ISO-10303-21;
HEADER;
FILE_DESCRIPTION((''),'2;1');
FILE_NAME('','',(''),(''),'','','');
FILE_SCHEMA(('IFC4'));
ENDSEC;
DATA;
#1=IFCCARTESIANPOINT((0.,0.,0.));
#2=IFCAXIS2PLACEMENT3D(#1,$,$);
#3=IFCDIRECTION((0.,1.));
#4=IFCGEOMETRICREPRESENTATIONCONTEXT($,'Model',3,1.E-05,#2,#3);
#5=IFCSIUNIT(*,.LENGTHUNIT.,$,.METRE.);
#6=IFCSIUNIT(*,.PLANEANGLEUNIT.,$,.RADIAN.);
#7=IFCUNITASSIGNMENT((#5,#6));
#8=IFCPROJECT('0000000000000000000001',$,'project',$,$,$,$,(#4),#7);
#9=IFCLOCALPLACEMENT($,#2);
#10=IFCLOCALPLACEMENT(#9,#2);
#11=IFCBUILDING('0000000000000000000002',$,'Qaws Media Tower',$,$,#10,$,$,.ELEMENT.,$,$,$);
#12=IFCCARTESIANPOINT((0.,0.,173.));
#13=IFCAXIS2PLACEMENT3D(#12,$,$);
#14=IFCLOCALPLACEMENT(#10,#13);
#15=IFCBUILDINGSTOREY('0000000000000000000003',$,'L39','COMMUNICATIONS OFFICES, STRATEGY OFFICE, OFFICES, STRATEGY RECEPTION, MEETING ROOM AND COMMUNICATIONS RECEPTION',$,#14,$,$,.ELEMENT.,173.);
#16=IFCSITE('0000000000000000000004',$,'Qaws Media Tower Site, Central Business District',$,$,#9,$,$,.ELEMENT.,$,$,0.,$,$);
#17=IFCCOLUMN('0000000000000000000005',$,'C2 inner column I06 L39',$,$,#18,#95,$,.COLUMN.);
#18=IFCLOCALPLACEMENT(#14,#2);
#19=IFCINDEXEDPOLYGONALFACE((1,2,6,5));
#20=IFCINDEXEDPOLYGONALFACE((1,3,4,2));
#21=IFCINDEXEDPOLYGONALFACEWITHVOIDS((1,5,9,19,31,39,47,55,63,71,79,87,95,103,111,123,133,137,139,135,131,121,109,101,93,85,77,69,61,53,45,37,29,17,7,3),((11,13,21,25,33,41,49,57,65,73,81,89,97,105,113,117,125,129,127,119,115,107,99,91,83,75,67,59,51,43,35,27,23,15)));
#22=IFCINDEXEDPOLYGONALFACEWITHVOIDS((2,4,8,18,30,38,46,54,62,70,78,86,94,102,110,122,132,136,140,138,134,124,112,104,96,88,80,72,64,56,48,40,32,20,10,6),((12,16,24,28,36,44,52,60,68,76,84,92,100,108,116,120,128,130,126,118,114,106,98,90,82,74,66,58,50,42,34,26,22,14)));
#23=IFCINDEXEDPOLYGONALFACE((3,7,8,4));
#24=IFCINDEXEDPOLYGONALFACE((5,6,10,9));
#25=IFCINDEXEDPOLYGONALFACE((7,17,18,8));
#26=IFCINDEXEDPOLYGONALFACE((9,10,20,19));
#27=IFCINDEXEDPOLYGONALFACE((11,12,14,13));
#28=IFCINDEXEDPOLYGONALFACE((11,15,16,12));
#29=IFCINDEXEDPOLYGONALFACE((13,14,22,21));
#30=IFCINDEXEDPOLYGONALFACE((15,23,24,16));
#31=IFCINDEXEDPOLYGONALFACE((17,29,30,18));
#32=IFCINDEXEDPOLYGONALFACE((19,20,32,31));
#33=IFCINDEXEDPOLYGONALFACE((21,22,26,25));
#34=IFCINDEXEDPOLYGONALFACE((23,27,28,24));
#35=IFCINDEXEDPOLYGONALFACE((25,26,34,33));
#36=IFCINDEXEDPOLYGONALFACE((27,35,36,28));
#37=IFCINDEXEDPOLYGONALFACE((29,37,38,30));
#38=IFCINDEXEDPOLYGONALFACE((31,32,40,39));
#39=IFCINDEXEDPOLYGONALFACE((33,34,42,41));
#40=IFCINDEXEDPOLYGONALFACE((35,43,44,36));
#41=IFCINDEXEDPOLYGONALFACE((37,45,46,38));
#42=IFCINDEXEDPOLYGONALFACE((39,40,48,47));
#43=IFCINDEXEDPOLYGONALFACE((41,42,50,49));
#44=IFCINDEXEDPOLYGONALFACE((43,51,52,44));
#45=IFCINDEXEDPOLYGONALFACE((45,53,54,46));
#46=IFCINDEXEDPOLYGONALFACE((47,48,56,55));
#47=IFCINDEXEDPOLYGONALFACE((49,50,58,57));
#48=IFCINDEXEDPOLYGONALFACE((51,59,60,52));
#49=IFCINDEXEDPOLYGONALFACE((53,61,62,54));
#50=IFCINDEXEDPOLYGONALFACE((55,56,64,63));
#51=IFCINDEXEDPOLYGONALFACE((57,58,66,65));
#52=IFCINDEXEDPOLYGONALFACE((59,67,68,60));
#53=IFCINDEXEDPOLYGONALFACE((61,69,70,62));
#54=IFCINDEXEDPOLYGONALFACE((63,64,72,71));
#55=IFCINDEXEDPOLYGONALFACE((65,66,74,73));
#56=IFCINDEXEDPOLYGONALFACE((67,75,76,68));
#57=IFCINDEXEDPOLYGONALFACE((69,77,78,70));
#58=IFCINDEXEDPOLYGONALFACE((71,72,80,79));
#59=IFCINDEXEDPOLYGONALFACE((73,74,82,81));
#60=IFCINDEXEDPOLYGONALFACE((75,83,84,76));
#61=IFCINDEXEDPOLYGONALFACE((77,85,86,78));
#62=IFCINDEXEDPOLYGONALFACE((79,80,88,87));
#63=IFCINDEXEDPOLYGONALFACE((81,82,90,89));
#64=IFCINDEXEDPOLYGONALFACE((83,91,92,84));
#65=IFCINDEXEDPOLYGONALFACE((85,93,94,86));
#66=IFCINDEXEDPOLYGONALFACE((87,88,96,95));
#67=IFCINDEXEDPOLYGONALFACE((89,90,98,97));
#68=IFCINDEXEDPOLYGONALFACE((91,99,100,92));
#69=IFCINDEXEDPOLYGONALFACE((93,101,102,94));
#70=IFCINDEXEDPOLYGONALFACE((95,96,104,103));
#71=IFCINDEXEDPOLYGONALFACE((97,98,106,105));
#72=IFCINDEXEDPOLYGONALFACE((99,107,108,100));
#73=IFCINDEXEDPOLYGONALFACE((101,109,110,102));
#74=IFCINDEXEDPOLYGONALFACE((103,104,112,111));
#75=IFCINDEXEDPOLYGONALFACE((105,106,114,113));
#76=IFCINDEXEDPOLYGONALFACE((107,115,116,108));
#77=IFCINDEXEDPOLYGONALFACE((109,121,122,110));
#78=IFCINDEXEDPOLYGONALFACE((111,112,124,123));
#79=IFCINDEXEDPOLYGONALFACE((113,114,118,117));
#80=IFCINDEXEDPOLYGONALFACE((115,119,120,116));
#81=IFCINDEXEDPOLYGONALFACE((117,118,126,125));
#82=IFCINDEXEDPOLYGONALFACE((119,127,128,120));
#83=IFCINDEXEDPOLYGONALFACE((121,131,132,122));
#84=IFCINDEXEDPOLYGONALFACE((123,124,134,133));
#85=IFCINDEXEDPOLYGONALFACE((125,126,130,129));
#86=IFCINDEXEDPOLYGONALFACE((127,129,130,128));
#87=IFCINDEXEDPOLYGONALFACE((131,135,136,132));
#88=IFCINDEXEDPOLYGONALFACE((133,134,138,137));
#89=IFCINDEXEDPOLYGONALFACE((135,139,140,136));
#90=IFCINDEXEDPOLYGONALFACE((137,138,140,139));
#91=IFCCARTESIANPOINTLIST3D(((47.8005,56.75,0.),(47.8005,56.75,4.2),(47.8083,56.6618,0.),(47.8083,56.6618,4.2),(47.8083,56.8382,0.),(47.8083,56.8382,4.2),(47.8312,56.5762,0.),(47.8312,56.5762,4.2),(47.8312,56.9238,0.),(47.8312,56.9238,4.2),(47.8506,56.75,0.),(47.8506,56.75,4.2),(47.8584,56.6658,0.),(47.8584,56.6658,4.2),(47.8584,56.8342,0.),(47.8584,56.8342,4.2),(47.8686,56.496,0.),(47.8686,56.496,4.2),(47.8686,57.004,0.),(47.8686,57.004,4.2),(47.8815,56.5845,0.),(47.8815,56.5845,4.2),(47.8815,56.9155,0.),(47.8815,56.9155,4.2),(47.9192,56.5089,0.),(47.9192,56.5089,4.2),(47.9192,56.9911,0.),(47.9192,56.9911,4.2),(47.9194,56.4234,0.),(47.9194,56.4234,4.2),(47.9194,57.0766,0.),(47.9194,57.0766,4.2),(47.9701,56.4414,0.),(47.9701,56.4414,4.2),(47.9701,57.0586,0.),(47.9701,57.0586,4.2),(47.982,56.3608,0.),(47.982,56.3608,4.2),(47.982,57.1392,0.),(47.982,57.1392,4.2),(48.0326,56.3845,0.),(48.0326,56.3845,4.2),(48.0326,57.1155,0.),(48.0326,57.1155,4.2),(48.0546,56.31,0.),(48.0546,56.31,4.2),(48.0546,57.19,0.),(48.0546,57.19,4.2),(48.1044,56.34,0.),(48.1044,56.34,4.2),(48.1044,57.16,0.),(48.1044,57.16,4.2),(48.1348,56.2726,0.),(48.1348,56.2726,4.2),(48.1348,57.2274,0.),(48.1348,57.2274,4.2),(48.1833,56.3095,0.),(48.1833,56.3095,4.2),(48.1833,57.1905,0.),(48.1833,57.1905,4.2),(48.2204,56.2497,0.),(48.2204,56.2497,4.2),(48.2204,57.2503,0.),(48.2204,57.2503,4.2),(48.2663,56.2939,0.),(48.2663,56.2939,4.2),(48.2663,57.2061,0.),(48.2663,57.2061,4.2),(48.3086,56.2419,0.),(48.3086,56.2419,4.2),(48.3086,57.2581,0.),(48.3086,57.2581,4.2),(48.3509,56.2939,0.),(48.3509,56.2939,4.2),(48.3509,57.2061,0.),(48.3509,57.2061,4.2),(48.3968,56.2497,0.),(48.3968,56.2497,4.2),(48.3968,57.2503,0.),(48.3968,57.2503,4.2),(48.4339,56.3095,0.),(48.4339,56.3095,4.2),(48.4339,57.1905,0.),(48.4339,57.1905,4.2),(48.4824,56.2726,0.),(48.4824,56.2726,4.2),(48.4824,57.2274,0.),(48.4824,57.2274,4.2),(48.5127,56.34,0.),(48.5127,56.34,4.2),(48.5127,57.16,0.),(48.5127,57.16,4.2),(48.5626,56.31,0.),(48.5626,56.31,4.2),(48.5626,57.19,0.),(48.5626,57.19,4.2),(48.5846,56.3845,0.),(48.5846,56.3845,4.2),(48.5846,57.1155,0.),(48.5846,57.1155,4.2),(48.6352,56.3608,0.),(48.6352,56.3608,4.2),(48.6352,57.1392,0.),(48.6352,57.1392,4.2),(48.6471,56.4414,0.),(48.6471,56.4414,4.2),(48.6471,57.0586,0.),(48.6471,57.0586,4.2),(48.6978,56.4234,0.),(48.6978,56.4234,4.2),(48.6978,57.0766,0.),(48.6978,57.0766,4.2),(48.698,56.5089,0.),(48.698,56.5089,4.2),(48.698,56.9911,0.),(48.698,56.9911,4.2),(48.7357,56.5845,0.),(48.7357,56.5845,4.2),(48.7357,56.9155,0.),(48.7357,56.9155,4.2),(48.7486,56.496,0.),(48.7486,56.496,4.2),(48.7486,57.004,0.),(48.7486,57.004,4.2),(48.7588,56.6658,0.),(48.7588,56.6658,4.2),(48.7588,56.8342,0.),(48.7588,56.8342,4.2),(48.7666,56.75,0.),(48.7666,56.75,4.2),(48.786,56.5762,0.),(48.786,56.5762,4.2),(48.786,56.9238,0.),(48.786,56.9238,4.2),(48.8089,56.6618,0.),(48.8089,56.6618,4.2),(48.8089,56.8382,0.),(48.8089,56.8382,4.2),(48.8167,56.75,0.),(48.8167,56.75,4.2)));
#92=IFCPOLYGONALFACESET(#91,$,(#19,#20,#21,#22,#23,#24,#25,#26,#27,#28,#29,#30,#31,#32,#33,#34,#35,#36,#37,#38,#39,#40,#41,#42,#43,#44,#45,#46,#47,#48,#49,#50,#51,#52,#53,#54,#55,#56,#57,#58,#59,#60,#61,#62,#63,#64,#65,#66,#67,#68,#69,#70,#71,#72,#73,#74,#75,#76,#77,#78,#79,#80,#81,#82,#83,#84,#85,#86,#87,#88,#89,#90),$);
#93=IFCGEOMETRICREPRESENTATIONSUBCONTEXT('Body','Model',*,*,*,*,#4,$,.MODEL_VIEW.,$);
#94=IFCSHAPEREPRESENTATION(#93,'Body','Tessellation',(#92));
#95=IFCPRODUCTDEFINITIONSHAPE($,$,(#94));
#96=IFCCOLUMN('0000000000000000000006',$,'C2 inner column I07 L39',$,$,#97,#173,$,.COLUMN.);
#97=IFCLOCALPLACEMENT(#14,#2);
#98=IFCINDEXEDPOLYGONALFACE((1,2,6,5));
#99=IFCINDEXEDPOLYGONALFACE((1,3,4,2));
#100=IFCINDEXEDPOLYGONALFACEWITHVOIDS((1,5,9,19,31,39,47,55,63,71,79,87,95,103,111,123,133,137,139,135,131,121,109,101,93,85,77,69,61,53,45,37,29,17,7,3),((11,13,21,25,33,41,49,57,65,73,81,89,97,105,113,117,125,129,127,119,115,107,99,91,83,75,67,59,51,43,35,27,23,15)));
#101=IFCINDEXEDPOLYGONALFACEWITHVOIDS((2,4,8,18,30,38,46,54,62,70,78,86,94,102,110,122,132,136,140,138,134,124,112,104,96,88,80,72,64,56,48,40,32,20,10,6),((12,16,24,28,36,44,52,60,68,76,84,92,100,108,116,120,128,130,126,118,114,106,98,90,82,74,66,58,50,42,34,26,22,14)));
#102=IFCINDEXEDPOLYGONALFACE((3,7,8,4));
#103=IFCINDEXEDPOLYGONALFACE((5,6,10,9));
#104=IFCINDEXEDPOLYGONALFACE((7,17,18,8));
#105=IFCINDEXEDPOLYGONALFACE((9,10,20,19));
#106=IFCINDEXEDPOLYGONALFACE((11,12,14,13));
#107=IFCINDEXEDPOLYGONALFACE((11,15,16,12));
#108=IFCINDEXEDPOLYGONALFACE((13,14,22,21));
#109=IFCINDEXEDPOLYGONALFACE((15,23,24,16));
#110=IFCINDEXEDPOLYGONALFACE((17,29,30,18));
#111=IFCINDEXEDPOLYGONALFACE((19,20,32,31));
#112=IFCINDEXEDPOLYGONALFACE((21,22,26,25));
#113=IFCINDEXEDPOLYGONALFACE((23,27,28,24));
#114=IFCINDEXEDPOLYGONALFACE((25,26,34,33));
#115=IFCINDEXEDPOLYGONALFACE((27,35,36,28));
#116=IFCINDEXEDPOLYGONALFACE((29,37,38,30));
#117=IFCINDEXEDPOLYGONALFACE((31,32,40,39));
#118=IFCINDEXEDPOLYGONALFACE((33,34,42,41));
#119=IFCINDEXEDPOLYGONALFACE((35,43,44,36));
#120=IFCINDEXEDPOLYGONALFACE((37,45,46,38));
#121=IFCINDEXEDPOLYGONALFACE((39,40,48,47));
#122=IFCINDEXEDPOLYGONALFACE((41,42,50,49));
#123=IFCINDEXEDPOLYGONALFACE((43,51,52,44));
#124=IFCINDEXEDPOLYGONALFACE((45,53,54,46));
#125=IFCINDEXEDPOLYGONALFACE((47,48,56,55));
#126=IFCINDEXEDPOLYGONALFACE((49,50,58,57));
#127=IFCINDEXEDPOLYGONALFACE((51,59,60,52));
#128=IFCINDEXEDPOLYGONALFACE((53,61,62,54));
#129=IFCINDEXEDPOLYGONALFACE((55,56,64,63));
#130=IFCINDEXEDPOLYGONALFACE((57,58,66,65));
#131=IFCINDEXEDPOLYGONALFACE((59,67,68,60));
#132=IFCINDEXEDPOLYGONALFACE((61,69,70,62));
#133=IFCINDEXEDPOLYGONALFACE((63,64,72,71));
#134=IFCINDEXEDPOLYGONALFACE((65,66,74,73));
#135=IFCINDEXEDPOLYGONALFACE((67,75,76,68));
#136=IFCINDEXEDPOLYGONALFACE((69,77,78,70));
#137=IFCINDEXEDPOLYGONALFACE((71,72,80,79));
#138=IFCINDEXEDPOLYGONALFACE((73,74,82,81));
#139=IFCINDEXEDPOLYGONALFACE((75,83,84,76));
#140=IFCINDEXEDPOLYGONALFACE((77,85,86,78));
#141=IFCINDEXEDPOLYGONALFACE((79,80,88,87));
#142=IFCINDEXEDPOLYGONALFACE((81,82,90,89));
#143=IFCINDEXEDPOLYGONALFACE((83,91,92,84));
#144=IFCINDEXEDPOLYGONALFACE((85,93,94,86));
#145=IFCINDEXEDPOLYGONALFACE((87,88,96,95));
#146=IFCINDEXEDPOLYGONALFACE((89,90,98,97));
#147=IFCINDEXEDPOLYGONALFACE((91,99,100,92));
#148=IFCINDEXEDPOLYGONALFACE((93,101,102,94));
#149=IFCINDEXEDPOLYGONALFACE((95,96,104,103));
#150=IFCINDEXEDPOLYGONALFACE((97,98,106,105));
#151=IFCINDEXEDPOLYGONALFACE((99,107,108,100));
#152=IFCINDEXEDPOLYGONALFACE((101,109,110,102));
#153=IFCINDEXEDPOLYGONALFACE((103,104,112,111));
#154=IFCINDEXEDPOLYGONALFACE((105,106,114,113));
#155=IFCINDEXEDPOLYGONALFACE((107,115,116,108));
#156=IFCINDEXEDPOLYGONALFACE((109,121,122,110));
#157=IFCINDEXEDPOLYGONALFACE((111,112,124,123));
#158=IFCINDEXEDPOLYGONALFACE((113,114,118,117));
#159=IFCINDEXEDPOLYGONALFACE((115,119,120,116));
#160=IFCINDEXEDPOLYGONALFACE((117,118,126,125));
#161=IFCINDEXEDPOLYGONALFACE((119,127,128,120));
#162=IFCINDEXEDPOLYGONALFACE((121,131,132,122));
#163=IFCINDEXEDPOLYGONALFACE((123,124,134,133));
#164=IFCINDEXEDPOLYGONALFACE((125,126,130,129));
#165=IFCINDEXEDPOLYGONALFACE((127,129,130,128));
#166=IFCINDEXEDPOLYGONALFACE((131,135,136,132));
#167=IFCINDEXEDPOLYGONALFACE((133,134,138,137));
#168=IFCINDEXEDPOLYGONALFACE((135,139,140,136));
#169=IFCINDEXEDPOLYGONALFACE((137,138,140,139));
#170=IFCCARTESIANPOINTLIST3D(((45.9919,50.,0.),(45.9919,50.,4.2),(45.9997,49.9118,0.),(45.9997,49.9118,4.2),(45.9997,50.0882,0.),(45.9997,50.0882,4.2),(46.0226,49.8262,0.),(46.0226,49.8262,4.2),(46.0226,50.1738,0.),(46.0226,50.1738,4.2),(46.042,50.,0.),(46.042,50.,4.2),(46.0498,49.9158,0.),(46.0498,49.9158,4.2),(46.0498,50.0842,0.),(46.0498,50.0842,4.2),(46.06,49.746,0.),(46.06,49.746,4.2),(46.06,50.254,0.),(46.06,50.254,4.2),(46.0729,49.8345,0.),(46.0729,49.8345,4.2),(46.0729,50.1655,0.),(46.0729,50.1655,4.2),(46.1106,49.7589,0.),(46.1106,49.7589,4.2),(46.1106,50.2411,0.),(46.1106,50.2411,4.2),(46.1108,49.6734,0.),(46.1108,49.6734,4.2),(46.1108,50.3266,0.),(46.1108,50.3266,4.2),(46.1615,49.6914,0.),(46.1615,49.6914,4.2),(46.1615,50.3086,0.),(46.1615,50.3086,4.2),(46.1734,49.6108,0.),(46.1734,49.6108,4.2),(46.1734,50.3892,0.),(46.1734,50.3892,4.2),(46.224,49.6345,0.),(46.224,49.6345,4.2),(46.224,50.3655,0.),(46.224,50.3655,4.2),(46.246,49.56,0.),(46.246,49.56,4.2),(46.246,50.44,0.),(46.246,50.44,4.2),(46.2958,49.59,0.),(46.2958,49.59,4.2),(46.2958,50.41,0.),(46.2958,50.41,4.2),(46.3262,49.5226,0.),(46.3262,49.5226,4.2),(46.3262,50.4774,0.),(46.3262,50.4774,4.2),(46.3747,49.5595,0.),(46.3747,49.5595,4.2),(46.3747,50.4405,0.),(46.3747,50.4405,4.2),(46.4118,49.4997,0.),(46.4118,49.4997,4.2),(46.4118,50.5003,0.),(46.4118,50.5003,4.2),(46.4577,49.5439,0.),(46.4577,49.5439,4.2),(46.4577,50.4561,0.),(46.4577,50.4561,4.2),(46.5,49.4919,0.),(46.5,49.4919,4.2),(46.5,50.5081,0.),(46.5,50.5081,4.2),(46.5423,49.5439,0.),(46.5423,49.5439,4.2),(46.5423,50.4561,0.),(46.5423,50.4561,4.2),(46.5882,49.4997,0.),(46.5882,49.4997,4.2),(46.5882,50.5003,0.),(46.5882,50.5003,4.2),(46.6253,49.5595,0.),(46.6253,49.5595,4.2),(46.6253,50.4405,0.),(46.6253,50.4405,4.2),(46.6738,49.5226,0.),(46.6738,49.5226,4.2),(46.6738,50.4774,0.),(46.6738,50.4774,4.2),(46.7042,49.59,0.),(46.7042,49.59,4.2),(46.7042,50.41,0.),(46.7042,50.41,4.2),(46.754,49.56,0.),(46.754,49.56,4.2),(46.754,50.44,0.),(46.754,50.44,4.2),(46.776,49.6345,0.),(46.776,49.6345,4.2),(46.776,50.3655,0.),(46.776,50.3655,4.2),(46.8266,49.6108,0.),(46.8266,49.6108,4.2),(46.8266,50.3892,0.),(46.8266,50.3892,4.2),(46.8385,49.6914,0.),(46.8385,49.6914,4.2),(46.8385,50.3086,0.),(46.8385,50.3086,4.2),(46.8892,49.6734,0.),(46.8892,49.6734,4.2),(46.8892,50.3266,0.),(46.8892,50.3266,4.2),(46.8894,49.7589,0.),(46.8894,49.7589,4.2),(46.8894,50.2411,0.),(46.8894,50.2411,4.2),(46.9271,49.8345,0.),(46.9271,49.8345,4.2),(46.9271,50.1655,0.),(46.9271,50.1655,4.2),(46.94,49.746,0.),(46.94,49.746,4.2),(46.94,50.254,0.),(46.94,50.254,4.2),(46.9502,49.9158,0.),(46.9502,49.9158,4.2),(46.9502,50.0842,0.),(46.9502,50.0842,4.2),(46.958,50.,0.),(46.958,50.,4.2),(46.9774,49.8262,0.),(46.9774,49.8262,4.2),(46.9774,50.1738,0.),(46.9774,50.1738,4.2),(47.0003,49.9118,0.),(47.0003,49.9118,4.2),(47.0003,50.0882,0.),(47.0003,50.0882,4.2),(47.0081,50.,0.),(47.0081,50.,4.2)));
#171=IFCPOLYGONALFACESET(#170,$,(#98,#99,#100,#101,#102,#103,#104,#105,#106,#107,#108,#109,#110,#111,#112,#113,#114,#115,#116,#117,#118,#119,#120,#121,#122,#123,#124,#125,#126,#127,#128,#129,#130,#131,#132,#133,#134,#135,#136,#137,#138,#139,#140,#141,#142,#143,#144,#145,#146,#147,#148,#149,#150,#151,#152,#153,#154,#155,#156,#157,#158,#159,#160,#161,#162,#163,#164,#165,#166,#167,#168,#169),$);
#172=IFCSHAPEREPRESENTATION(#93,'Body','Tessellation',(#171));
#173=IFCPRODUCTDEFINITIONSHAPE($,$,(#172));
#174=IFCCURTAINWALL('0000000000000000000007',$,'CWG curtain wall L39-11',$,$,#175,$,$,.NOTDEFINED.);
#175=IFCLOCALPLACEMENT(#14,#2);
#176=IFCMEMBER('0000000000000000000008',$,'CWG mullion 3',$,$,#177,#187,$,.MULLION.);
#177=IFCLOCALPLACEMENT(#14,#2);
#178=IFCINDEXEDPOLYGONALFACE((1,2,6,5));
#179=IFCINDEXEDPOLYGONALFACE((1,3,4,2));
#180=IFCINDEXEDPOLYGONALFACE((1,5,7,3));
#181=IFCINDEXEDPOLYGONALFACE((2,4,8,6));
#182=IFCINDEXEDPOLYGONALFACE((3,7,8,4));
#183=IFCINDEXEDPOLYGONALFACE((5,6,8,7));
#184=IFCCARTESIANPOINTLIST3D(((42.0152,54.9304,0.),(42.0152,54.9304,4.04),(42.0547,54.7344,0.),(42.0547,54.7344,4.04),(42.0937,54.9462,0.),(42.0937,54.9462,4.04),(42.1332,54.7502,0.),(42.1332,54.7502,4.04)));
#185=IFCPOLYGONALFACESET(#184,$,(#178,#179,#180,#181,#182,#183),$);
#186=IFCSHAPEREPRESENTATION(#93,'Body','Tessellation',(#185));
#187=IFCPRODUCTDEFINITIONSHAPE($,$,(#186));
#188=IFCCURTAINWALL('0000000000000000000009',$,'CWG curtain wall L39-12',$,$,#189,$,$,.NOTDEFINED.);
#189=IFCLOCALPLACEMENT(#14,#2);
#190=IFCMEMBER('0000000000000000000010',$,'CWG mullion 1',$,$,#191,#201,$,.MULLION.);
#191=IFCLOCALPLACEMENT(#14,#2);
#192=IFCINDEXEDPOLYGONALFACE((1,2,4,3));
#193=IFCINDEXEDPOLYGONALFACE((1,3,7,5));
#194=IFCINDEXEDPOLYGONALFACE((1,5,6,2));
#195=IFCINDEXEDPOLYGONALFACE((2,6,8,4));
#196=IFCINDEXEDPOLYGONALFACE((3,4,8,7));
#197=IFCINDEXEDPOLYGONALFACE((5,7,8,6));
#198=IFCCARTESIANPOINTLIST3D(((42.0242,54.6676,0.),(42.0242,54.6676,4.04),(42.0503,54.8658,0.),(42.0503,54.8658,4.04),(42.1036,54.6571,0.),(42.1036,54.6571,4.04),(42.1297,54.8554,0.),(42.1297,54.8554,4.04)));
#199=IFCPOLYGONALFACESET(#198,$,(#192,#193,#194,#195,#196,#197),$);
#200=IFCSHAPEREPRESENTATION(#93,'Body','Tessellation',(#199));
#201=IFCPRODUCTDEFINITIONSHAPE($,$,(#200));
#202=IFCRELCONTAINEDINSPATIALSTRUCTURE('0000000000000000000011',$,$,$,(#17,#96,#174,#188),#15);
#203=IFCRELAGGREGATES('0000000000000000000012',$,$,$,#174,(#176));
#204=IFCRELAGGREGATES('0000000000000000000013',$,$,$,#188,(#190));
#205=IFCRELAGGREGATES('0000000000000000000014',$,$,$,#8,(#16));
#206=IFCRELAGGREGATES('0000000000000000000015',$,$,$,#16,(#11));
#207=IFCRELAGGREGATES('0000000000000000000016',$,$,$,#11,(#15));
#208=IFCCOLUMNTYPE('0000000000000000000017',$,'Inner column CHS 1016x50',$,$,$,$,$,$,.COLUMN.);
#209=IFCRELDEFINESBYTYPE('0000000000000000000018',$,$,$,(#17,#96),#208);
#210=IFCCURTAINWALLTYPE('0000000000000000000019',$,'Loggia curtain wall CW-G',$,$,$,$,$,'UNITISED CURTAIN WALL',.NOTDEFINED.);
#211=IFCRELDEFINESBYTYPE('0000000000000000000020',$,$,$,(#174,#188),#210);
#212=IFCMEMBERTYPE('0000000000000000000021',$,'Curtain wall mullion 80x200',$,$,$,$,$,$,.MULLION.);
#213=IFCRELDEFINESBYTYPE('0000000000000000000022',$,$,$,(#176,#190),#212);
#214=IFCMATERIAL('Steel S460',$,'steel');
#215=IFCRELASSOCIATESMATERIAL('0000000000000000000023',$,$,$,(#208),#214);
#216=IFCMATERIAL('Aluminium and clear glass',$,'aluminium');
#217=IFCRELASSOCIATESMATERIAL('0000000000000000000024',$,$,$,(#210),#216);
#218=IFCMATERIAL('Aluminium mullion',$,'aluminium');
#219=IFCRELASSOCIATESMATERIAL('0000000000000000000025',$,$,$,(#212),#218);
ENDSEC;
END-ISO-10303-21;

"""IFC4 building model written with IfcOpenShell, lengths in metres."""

from ifc_helpers import new_model, si_unit, direction, frame, origin, origin_2d, place, context, subcontext, project, spatial, rectangle, hollow_circle, extrude, material, material_profile, profile_set, type_object, element, aggregate, save


model = new_model("IFC4")

# Units and contexts
model_context = context("Model", 3, precision=1e-05, world=origin(), true_north=direction((0.0, 1.0)))
body_context = subcontext(model_context, "Body", "Model", "MODEL_VIEW")
ifc_project = project(units=[si_unit("LENGTHUNIT", "METRE"), si_unit("PLANEANGLEUNIT", "RADIAN")], contexts=[model_context])

# Site, building, storey
site_placement = place(None, origin())
site = spatial("IfcSite", under=ifc_project, at=site_placement, Name="Qaws Media Tower Site, Central Business District", CompositionType="ELEMENT", RefElevation=0.0)
building_placement = place(site_placement, origin())
building = spatial("IfcBuilding", under=site, at=building_placement, Name="Qaws Media Tower", CompositionType="ELEMENT")
storey_placement = place(building_placement, frame((0.0, 0.0, 173.0)))
storey = spatial("IfcBuildingStorey", under=building, at=storey_placement, Name="L39", Description="COMMUNICATIONS OFFICES, STRATEGY OFFICE, OFFICES, STRATEGY RECEPTION, MEETING ROOM AND COMMUNICATIONS RECEPTION", CompositionType="ELEMENT", Elevation=173.0)

# Columns
ifc_material_1 = material(Name="Steel S460", Category="steel")
ifc_material_profile_1 = material_profile(ifc_material_1, hollow_circle(Radius=0.5081, WallThickness=0.05, at=origin_2d()), Name="CHS 1016x50")
ifc_profile_set_1 = profile_set([ifc_material_profile_1], Name="Steel S460")
column_type = type_object("IfcColumnType", Name="Inner column CHS 1016x50", PredefinedType="COLUMN", material=ifc_profile_set_1)
for number, where, z_axis, x_axis, name in (
    (1, (48.3086, 56.75, 0.0), (0.0, 0.0, 1.0), (1.0, 0.0, 0.0), "C2 inner column I06 L39"),
    (2, (46.5, 50.0, 0.0), (0.0, 0.0, 1.0), (1.0, 0.0, 0.0), "C2 inner column I07 L39"),
):
    element("IfcColumn", number, at=place(storey_placement, frame(where, z_axis=z_axis, x_axis=x_axis)), inside=storey, type_object=column_type, Name=name, PredefinedType="COLUMN", context=body_context, shape_type="SweptSolid", body=[
        extrude(hollow_circle(Radius=0.5081, WallThickness=0.05, at=origin_2d()), origin(), (0.0, 0.0, 1.0), 4.2),
    ])

# Curtain walls, members
ifc_material_2 = material(Name="Aluminium and clear glass", Category="aluminium")
curtain_wall_type = type_object("IfcCurtainWallType", Name="Loggia curtain wall CW-G", ElementType="UNITISED CURTAIN WALL", PredefinedType="NOTDEFINED", material=ifc_material_2)
curtain_wall_1_placement = place(storey_placement, origin())
curtain_wall_1 = element("IfcCurtainWall", 3, at=curtain_wall_1_placement, inside=storey, type_object=curtain_wall_type, Name="CWG curtain wall L39-11", PredefinedType="NOTDEFINED")
ifc_material_3 = material(Name="Aluminium mullion", Category="aluminium")
ifc_material_profile_2 = material_profile(ifc_material_3, rectangle(XDim=0.0801, YDim=0.2, at=origin_2d()), Name="80x200")
ifc_profile_set_2 = profile_set([ifc_material_profile_2], Name="Aluminium mullion")
member_type = type_object("IfcMemberType", Name="Curtain wall mullion 80x200", PredefinedType="MULLION", material=ifc_profile_set_2)
member_1_placement = place(storey_placement, frame((42.0742, 54.8403, 0.0), z_axis=(0.0, 0.0, 1.0), x_axis=(0.980286, 0.197582, 0.0)))
member_1 = element("IfcMember", 4, at=member_1_placement, type_object=member_type, Name="CWG mullion 3", PredefinedType="MULLION", context=body_context, shape_type="SweptSolid", body=[
    extrude(rectangle(XDim=0.0801, YDim=0.2, at=origin_2d()), origin(), (0.0, 0.0, 1.0), 4.04),
])
aggregate(curtain_wall_1, [member_1])
curtain_wall_2_placement = place(storey_placement, origin())
curtain_wall_2 = element("IfcCurtainWall", 5, at=curtain_wall_2_placement, inside=storey, type_object=curtain_wall_type, Name="CWG curtain wall L39-12", PredefinedType="NOTDEFINED")
member_2_placement = place(storey_placement, frame((42.0769, 54.7615, 0.0), z_axis=(0.0, 0.0, 1.0), x_axis=(0.991445, -0.130526, 0.0)))
member_2 = element("IfcMember", 6, at=member_2_placement, type_object=member_type, Name="CWG mullion 1", PredefinedType="MULLION", context=body_context, shape_type="SweptSolid", body=[
    extrude(rectangle(XDim=0.0801, YDim=0.2, at=origin_2d()), origin(), (0.0, 0.0, 1.0), 4.04),
])
aggregate(curtain_wall_2, [member_2])

save(model, "model.ifc")
